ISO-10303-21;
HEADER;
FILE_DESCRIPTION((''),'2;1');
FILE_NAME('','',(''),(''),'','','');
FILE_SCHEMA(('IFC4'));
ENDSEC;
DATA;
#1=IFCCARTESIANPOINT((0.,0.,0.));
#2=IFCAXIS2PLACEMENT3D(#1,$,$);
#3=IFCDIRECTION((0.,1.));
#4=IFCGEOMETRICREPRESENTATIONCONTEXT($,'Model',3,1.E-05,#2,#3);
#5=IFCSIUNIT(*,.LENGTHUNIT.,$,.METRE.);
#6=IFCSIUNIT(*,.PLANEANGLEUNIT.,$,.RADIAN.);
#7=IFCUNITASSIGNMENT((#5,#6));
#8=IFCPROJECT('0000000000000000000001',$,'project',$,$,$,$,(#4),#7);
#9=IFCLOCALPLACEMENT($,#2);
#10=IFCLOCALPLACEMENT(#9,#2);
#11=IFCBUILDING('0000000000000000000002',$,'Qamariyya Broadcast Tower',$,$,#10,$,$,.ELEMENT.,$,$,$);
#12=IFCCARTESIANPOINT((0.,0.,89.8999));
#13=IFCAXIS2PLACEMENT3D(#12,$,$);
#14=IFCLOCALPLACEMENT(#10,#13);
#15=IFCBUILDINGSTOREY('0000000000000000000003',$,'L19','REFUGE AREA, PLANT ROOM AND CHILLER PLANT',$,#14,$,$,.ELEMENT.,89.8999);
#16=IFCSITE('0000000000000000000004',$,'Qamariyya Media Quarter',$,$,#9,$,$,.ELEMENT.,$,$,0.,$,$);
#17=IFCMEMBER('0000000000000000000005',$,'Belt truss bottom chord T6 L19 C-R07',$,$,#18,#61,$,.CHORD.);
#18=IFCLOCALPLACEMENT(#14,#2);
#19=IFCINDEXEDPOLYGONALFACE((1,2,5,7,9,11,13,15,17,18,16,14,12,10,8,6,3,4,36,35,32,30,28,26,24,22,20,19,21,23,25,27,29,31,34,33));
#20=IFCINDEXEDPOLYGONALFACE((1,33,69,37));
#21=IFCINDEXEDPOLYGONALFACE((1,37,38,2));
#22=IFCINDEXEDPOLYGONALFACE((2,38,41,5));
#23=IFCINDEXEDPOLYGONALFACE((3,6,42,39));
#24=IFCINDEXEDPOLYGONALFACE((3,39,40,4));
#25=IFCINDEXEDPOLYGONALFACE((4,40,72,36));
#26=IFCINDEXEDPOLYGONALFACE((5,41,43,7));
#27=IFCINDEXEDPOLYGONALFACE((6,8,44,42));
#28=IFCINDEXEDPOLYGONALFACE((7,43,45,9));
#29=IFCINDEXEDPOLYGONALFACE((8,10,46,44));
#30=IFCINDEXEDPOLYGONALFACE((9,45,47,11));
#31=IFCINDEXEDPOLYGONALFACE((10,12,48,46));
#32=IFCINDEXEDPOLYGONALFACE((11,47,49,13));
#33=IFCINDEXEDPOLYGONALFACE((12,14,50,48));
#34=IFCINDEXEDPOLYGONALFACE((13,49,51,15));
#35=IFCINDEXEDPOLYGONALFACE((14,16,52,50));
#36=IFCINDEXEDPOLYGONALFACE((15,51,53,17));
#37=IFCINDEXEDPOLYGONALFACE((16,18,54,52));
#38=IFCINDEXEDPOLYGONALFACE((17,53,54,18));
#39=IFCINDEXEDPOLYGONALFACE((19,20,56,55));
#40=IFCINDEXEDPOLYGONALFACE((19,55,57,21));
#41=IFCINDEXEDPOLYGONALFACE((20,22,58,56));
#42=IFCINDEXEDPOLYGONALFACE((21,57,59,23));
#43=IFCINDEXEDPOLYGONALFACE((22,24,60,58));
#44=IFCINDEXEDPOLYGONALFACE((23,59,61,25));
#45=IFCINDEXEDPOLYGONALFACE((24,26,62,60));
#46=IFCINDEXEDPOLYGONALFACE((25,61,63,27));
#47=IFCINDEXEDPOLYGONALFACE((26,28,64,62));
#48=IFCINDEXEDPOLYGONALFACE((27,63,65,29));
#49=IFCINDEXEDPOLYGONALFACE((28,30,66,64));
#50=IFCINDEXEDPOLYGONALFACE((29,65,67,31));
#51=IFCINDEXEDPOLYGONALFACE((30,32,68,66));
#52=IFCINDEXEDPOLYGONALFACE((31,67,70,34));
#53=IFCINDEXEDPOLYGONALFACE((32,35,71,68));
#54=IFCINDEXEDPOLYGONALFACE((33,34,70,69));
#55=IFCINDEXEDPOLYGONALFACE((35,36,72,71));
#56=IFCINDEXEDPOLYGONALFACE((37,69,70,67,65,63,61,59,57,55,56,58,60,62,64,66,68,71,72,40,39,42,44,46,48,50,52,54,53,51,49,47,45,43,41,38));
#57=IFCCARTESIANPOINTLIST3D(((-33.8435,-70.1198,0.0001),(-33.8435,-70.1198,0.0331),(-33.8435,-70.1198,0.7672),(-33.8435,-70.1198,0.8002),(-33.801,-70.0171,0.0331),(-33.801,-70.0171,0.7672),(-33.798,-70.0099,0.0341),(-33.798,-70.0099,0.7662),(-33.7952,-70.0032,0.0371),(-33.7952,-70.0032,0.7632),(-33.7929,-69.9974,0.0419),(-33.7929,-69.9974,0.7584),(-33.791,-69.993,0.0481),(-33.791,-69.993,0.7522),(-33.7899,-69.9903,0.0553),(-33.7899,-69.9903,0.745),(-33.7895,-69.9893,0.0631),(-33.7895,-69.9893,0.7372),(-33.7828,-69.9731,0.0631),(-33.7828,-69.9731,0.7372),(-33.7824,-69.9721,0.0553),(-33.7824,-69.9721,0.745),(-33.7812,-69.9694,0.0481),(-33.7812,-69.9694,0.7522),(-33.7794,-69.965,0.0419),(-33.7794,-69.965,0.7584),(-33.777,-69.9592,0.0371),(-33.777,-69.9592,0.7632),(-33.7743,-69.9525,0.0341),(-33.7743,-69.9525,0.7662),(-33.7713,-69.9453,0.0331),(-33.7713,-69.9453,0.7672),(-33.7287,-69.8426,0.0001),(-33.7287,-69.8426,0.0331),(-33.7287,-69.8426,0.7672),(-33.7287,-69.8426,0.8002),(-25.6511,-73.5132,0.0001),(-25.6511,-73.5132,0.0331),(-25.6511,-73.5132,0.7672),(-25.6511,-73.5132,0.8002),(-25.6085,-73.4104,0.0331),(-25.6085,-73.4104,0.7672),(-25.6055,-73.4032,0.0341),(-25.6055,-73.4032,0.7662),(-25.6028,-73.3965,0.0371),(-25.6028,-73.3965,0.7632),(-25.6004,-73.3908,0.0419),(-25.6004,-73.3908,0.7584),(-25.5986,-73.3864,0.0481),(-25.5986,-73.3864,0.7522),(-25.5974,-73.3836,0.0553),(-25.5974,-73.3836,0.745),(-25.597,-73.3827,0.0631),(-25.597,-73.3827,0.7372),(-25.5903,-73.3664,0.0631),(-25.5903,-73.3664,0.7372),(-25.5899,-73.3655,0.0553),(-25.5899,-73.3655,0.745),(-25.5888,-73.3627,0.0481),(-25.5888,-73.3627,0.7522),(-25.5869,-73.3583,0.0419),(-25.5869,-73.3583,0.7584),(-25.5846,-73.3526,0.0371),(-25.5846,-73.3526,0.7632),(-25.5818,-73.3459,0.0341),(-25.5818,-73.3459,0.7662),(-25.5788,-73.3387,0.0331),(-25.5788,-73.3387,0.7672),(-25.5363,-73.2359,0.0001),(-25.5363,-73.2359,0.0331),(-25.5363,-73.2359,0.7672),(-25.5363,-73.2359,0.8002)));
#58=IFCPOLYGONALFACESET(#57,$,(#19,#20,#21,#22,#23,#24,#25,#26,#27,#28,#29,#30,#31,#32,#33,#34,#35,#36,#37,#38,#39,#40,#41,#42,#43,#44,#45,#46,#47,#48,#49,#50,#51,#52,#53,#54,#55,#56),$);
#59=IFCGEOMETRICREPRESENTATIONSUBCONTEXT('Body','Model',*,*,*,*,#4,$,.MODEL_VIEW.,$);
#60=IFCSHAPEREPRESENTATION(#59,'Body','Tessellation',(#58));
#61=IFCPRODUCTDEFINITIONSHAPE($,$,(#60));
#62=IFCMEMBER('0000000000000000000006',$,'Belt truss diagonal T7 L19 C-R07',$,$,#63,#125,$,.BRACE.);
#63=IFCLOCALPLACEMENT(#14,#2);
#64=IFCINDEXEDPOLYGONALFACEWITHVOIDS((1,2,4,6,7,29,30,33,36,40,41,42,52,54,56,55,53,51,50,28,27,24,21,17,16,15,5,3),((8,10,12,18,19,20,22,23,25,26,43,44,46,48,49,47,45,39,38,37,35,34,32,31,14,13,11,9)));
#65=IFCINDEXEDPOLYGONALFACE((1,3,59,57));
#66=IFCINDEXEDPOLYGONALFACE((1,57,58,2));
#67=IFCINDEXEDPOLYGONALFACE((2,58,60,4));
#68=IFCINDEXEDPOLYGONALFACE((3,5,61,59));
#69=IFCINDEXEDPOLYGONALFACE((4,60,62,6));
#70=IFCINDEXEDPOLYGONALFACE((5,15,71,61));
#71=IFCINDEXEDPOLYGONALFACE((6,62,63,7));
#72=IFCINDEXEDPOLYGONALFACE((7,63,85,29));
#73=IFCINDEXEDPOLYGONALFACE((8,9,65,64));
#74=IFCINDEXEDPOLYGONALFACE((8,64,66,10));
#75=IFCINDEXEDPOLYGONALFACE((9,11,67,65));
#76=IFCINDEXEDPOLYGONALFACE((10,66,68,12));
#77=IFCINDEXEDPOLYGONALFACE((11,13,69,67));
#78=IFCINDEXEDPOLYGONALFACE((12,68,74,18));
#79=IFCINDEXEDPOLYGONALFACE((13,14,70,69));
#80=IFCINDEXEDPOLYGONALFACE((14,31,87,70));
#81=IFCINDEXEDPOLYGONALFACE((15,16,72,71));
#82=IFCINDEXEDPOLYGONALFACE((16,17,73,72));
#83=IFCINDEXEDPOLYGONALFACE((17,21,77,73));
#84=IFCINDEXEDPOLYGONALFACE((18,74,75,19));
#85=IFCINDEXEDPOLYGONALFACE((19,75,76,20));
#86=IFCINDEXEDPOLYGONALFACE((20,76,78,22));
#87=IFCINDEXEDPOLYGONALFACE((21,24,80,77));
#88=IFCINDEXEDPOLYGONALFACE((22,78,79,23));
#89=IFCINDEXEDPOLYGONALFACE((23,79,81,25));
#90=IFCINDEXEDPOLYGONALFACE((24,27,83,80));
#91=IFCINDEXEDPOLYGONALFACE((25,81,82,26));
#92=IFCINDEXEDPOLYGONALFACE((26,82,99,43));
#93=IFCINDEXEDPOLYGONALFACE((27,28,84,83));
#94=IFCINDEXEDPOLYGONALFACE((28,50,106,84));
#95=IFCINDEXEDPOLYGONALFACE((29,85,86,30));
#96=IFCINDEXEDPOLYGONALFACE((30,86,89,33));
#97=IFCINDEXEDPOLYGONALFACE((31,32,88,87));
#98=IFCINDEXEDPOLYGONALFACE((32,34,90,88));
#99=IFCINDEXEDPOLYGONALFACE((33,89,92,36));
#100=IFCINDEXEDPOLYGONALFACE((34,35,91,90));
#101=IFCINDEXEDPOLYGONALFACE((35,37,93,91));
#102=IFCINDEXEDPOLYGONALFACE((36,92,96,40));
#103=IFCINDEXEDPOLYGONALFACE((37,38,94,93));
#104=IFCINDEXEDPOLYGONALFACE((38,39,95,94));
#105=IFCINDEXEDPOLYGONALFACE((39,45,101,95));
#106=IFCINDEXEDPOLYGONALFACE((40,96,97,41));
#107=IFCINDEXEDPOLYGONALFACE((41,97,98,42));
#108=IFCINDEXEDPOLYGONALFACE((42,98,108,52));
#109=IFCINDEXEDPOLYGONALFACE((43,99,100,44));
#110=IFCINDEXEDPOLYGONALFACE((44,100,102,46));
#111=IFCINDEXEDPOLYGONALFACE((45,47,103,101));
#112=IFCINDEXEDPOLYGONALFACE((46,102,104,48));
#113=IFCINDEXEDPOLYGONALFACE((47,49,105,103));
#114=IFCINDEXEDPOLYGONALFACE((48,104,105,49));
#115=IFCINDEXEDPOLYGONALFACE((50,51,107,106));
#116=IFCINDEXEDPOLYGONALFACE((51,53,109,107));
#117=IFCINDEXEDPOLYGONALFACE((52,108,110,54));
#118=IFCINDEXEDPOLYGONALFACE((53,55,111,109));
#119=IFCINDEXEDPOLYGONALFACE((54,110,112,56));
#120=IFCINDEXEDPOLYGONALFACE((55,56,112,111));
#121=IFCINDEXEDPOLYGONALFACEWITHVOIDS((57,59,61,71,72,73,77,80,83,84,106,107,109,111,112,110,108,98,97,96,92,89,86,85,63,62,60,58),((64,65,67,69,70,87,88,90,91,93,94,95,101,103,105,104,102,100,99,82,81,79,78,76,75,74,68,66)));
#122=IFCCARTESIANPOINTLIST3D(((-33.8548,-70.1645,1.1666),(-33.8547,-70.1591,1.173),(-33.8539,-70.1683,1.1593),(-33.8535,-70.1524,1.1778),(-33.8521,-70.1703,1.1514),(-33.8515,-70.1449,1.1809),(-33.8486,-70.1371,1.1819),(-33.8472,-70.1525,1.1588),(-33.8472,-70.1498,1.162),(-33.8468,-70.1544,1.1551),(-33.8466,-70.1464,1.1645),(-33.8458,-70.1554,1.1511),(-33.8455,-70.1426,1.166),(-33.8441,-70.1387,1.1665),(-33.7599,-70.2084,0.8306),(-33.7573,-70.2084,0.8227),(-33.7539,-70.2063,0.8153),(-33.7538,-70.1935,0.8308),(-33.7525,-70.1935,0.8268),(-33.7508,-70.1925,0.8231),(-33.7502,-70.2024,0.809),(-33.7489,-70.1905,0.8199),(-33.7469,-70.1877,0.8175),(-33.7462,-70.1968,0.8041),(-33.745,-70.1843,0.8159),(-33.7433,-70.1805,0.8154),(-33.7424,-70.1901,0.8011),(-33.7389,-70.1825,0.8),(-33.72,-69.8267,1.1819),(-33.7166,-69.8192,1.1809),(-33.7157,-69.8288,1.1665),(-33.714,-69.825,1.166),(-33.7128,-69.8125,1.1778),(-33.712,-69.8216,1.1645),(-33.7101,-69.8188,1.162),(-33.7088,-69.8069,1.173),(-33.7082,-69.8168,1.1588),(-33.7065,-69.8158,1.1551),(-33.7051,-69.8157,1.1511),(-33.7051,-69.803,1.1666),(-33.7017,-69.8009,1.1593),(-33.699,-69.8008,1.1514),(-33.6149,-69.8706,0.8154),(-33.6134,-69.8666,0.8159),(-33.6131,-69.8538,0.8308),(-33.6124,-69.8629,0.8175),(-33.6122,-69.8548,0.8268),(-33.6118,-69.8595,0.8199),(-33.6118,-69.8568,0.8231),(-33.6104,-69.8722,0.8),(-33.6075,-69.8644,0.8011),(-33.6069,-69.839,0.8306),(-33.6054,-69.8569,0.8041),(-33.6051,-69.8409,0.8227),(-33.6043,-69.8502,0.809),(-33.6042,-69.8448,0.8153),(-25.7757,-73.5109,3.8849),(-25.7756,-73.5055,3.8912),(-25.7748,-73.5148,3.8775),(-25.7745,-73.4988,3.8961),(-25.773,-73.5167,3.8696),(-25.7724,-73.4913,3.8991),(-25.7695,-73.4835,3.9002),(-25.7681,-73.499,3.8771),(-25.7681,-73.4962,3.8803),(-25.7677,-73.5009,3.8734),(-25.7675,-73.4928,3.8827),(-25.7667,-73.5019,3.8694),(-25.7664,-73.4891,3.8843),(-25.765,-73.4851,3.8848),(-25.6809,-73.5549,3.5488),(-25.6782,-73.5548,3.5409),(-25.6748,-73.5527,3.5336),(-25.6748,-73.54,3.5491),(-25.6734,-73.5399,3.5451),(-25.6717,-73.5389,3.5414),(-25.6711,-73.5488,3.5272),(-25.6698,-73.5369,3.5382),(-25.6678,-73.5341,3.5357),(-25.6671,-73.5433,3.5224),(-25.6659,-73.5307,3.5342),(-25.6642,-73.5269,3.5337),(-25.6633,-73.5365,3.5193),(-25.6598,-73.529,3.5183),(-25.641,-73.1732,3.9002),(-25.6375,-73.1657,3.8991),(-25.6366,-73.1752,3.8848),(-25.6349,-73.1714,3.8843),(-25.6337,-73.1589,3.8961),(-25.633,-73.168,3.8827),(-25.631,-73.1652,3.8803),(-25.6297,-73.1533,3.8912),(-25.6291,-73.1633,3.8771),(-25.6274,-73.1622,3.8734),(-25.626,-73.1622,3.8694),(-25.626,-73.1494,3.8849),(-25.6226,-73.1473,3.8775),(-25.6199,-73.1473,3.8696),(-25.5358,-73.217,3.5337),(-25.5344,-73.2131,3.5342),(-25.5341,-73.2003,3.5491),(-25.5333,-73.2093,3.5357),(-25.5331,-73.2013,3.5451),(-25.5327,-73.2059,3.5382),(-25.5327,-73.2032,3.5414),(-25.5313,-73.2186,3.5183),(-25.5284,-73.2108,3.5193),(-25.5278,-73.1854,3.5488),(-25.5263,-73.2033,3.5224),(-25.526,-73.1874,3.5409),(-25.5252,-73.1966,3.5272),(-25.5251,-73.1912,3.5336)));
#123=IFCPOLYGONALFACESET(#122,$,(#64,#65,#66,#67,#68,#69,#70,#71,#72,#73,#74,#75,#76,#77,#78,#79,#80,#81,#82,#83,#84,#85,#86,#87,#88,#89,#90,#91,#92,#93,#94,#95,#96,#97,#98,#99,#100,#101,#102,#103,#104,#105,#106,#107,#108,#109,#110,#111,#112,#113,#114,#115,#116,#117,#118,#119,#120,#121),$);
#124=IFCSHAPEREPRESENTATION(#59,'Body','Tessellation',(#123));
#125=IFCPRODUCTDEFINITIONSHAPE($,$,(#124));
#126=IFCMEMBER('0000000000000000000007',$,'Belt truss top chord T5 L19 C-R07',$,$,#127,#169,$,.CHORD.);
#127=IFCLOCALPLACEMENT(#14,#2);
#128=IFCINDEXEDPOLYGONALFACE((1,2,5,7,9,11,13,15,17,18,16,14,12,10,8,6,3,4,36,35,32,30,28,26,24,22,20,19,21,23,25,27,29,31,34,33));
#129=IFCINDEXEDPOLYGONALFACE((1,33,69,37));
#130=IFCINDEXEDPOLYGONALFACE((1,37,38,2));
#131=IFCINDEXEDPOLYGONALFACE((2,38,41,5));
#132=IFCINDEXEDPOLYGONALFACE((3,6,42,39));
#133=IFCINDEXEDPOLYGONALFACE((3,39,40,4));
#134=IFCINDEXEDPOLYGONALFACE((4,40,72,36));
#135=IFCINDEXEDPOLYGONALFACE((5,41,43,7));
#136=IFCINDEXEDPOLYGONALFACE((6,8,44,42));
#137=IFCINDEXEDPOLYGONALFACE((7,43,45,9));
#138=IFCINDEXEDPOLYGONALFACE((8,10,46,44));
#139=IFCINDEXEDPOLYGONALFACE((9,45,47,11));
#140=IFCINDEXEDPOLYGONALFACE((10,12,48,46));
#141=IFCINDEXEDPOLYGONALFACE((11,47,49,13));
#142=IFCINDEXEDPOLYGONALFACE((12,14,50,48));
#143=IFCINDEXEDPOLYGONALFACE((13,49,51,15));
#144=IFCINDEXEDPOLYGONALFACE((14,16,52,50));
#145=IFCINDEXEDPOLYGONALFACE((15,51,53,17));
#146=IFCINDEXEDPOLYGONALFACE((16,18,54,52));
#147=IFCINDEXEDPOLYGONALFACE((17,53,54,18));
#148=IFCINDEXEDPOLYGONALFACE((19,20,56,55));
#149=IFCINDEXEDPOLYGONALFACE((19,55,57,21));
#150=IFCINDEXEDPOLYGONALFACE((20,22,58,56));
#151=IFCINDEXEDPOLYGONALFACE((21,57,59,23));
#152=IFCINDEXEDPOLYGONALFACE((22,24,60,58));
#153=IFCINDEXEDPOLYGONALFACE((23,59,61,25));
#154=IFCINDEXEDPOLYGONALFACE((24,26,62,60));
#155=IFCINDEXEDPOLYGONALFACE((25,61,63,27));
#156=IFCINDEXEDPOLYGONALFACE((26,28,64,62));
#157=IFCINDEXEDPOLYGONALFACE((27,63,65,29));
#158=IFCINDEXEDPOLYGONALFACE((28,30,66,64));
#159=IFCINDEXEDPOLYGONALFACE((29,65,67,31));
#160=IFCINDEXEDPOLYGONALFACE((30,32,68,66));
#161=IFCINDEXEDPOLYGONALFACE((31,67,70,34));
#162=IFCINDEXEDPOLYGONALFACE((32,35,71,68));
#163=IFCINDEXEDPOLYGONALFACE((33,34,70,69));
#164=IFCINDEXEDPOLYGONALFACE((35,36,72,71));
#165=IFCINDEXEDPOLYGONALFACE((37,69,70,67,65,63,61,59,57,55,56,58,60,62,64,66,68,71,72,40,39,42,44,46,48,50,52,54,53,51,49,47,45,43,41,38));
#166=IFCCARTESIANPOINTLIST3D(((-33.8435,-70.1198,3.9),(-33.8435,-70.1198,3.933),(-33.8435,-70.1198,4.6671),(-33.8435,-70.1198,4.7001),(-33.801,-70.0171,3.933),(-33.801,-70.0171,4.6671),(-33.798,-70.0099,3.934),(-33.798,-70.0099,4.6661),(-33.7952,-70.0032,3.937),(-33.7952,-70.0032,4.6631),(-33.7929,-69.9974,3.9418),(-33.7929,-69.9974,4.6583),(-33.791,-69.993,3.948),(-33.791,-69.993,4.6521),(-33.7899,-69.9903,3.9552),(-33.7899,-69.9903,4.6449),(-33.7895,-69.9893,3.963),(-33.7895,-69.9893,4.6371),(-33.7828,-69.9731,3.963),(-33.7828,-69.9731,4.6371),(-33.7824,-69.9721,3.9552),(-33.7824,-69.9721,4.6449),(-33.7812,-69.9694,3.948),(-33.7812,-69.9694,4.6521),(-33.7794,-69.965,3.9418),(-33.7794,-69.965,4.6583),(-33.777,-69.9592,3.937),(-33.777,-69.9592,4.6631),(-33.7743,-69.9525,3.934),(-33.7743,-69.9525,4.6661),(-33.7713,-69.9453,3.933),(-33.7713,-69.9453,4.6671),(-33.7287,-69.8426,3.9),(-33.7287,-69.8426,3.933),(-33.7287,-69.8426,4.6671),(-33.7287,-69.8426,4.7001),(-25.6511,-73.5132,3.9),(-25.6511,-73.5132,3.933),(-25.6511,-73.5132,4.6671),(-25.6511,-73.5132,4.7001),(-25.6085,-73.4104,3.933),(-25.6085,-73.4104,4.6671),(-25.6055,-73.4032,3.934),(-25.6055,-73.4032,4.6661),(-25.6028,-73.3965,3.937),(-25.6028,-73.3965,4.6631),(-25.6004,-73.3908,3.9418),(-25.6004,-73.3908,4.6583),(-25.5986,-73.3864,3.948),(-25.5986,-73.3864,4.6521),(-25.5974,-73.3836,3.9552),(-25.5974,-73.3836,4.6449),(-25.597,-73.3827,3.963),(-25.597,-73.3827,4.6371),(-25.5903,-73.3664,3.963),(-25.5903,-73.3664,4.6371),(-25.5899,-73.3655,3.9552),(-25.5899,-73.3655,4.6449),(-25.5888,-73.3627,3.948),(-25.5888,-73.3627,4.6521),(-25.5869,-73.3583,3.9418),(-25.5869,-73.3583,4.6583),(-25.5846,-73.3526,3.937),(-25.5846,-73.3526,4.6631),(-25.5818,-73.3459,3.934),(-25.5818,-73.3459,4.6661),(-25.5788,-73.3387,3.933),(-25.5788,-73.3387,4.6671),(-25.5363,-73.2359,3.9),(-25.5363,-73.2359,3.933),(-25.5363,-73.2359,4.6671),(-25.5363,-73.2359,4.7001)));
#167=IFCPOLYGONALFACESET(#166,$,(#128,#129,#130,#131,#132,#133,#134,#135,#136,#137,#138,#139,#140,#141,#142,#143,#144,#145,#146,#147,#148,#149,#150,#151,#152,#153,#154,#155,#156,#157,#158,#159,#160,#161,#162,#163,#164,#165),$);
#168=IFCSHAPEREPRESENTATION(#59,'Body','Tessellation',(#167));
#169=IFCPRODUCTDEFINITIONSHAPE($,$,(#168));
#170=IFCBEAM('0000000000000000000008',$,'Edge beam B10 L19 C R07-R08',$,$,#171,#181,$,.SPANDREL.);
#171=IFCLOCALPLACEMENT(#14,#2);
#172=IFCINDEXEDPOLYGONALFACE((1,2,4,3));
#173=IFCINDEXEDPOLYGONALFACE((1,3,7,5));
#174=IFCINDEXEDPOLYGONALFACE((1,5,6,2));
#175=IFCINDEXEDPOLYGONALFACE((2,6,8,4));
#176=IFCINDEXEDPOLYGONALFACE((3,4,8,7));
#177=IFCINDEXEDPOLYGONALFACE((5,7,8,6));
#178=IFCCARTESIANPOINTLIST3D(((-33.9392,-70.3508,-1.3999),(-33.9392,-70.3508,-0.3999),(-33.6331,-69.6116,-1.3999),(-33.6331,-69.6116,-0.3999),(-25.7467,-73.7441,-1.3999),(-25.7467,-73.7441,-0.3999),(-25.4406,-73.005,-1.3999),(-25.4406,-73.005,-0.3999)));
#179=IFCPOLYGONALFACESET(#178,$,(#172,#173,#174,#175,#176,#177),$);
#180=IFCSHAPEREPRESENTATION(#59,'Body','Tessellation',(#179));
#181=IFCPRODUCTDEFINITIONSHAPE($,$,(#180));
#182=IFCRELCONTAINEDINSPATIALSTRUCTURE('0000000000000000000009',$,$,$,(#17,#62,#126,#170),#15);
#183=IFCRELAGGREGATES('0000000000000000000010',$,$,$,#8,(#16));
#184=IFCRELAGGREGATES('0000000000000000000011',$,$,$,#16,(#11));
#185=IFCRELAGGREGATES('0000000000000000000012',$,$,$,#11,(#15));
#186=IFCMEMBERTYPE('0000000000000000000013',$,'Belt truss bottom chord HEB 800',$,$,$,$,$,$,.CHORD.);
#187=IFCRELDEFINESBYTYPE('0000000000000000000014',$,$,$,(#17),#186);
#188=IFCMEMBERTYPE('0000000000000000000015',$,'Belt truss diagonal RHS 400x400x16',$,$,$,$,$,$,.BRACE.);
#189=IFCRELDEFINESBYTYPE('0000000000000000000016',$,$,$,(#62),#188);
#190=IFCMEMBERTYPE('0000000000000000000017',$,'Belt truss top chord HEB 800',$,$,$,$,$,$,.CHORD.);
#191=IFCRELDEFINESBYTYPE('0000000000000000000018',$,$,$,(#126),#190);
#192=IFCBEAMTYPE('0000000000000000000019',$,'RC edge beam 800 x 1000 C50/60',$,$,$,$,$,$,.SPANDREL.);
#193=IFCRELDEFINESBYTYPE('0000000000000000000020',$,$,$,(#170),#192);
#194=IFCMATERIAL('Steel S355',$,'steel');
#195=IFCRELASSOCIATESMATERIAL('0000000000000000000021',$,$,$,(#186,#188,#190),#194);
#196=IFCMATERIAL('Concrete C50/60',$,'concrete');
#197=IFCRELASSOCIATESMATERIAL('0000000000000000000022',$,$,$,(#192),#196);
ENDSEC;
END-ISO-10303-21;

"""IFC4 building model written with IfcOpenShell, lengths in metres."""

from ifc_helpers import new_model, si_unit, direction, frame, origin, origin_2d, place, context, subcontext, project, spatial, rectangle, hollow_rectangle, i_section, extrude, material, material_profile, profile_set, type_object, element, save


model = new_model("IFC4")

# Units and contexts
model_context = context("Model", 3, precision=1e-05, world=origin(), true_north=direction((0.0, 1.0)))
body_context = subcontext(model_context, "Body", "Model", "MODEL_VIEW")
ifc_project = project(units=[si_unit("LENGTHUNIT", "METRE"), si_unit("PLANEANGLEUNIT", "RADIAN")], contexts=[model_context])

# Site, building, storey
site_placement = place(None, origin())
site = spatial("IfcSite", under=ifc_project, at=site_placement, Name="Qamariyya Media Quarter", CompositionType="ELEMENT", RefElevation=0.0)
building_placement = place(site_placement, origin())
building = spatial("IfcBuilding", under=site, at=building_placement, Name="Qamariyya Broadcast Tower", CompositionType="ELEMENT")
storey_placement = place(building_placement, frame((0.0, 0.0, 89.8999)))
storey = spatial("IfcBuildingStorey", under=building, at=storey_placement, Name="L19", Description="REFUGE AREA, PLANT ROOM AND CHILLER PLANT", CompositionType="ELEMENT", Elevation=89.8999)

# Members
ifc_material_1 = material(Name="Steel S355", Category="steel")
ifc_material_profile_1 = material_profile(ifc_material_1, i_section(OverallWidth=0.3, OverallDepth=0.8, WebThickness=0.0176, FlangeThickness=0.033, FilletRadius=0.03, at=origin_2d()))
ifc_profile_set_1 = profile_set([ifc_material_profile_1], Name="Steel S355")
member_type_1 = type_object("IfcMemberType", Name="Belt truss bottom chord HEB 800", PredefinedType="CHORD", material=ifc_profile_set_1)
member_1_placement = place(storey_placement, frame((-33.7861, -69.9812, 0.4001), z_axis=(0.923883, -0.382675, 0.0), x_axis=(0.382675, 0.923883, 0.0)))
element("IfcMember", 1, at=member_1_placement, inside=storey, type_object=member_type_1, Name="Belt truss bottom chord T6 L19 C-R07", PredefinedType="CHORD", context=body_context, shape_type="SweptSolid", body=[
    extrude(i_section(OverallWidth=0.3, OverallDepth=0.8, WebThickness=0.0176, FlangeThickness=0.033, FilletRadius=0.03, at=origin_2d()), origin(), (0.0, 0.0, 1.0), 8.8674),
])
ifc_material_profile_2 = material_profile(ifc_material_1, hollow_rectangle(XDim=0.3999, YDim=0.3999, WallThickness=0.0161, InnerFilletRadius=0.0161, OuterFilletRadius=0.032, at=origin_2d()))
ifc_profile_set_2 = profile_set([ifc_material_profile_2], Name="Steel S355")
member_type_2 = type_object("IfcMemberType", Name="Belt truss diagonal RHS 400x400x16", PredefinedType="BRACE", material=ifc_profile_set_2)
member_2_placement = place(storey_placement, frame((-33.7295, -70.0046, 0.991), z_axis=(0.882241, -0.365432, 0.296835), x_axis=(0.38268, 0.923881, 0.0)))
element("IfcMember", 2, at=member_2_placement, inside=storey, type_object=member_type_2, Name="Belt truss diagonal T7 L19 C-R07", PredefinedType="BRACE", context=body_context, shape_type="SweptSolid", body=[
    extrude(hollow_rectangle(XDim=0.3999, YDim=0.3999, WallThickness=0.0161, InnerFilletRadius=0.0161, OuterFilletRadius=0.032, at=origin_2d()), origin(), (0.0, 0.0, 1.0), 9.1575),
])
ifc_material_profile_3 = material_profile(ifc_material_1, i_section(OverallWidth=0.3, OverallDepth=0.8, WebThickness=0.0176, FlangeThickness=0.033, FilletRadius=0.03, at=origin_2d()))
ifc_profile_set_3 = profile_set([ifc_material_profile_3], Name="Steel S355")
member_type_3 = type_object("IfcMemberType", Name="Belt truss top chord HEB 800", PredefinedType="CHORD", material=ifc_profile_set_3)
member_3_placement = place(storey_placement, frame((-33.7861, -69.9812, 4.3), z_axis=(0.923883, -0.382675, 0.0), x_axis=(0.382675, 0.923883, 0.0)))
element("IfcMember", 3, at=member_3_placement, inside=storey, type_object=member_type_3, Name="Belt truss top chord T5 L19 C-R07", PredefinedType="CHORD", context=body_context, shape_type="SweptSolid", body=[
    extrude(i_section(OverallWidth=0.3, OverallDepth=0.8, WebThickness=0.0176, FlangeThickness=0.033, FilletRadius=0.03, at=origin_2d()), origin(), (0.0, 0.0, 1.0), 8.8674),
])

# Beam
ifc_material_2 = material(Name="Concrete C50/60", Category="concrete")
ifc_material_profile_4 = material_profile(ifc_material_2, rectangle(XDim=0.8, YDim=1.0, at=origin_2d()))
ifc_profile_set_4 = profile_set([ifc_material_profile_4], Name="Concrete C50/60")
beam_type_1 = type_object("IfcBeamType", Name="RC edge beam 800 x 1000 C50/60", PredefinedType="SPANDREL", material=ifc_profile_set_4)
beam_1_placement = place(storey_placement, frame((-33.7861, -69.9812, -0.8999), z_axis=(0.923883, -0.382675, 0.0), x_axis=(0.382675, 0.923883, 0.0)))
element("IfcBeam", 4, at=beam_1_placement, inside=storey, type_object=beam_type_1, Name="Edge beam B10 L19 C R07-R08", PredefinedType="SPANDREL", context=body_context, shape_type="SweptSolid", body=[
    extrude(rectangle(XDim=0.8, YDim=1.0, at=origin_2d()), origin(), (0.0, 0.0, 1.0), 8.8674),
])

save(model, "model.ifc")
